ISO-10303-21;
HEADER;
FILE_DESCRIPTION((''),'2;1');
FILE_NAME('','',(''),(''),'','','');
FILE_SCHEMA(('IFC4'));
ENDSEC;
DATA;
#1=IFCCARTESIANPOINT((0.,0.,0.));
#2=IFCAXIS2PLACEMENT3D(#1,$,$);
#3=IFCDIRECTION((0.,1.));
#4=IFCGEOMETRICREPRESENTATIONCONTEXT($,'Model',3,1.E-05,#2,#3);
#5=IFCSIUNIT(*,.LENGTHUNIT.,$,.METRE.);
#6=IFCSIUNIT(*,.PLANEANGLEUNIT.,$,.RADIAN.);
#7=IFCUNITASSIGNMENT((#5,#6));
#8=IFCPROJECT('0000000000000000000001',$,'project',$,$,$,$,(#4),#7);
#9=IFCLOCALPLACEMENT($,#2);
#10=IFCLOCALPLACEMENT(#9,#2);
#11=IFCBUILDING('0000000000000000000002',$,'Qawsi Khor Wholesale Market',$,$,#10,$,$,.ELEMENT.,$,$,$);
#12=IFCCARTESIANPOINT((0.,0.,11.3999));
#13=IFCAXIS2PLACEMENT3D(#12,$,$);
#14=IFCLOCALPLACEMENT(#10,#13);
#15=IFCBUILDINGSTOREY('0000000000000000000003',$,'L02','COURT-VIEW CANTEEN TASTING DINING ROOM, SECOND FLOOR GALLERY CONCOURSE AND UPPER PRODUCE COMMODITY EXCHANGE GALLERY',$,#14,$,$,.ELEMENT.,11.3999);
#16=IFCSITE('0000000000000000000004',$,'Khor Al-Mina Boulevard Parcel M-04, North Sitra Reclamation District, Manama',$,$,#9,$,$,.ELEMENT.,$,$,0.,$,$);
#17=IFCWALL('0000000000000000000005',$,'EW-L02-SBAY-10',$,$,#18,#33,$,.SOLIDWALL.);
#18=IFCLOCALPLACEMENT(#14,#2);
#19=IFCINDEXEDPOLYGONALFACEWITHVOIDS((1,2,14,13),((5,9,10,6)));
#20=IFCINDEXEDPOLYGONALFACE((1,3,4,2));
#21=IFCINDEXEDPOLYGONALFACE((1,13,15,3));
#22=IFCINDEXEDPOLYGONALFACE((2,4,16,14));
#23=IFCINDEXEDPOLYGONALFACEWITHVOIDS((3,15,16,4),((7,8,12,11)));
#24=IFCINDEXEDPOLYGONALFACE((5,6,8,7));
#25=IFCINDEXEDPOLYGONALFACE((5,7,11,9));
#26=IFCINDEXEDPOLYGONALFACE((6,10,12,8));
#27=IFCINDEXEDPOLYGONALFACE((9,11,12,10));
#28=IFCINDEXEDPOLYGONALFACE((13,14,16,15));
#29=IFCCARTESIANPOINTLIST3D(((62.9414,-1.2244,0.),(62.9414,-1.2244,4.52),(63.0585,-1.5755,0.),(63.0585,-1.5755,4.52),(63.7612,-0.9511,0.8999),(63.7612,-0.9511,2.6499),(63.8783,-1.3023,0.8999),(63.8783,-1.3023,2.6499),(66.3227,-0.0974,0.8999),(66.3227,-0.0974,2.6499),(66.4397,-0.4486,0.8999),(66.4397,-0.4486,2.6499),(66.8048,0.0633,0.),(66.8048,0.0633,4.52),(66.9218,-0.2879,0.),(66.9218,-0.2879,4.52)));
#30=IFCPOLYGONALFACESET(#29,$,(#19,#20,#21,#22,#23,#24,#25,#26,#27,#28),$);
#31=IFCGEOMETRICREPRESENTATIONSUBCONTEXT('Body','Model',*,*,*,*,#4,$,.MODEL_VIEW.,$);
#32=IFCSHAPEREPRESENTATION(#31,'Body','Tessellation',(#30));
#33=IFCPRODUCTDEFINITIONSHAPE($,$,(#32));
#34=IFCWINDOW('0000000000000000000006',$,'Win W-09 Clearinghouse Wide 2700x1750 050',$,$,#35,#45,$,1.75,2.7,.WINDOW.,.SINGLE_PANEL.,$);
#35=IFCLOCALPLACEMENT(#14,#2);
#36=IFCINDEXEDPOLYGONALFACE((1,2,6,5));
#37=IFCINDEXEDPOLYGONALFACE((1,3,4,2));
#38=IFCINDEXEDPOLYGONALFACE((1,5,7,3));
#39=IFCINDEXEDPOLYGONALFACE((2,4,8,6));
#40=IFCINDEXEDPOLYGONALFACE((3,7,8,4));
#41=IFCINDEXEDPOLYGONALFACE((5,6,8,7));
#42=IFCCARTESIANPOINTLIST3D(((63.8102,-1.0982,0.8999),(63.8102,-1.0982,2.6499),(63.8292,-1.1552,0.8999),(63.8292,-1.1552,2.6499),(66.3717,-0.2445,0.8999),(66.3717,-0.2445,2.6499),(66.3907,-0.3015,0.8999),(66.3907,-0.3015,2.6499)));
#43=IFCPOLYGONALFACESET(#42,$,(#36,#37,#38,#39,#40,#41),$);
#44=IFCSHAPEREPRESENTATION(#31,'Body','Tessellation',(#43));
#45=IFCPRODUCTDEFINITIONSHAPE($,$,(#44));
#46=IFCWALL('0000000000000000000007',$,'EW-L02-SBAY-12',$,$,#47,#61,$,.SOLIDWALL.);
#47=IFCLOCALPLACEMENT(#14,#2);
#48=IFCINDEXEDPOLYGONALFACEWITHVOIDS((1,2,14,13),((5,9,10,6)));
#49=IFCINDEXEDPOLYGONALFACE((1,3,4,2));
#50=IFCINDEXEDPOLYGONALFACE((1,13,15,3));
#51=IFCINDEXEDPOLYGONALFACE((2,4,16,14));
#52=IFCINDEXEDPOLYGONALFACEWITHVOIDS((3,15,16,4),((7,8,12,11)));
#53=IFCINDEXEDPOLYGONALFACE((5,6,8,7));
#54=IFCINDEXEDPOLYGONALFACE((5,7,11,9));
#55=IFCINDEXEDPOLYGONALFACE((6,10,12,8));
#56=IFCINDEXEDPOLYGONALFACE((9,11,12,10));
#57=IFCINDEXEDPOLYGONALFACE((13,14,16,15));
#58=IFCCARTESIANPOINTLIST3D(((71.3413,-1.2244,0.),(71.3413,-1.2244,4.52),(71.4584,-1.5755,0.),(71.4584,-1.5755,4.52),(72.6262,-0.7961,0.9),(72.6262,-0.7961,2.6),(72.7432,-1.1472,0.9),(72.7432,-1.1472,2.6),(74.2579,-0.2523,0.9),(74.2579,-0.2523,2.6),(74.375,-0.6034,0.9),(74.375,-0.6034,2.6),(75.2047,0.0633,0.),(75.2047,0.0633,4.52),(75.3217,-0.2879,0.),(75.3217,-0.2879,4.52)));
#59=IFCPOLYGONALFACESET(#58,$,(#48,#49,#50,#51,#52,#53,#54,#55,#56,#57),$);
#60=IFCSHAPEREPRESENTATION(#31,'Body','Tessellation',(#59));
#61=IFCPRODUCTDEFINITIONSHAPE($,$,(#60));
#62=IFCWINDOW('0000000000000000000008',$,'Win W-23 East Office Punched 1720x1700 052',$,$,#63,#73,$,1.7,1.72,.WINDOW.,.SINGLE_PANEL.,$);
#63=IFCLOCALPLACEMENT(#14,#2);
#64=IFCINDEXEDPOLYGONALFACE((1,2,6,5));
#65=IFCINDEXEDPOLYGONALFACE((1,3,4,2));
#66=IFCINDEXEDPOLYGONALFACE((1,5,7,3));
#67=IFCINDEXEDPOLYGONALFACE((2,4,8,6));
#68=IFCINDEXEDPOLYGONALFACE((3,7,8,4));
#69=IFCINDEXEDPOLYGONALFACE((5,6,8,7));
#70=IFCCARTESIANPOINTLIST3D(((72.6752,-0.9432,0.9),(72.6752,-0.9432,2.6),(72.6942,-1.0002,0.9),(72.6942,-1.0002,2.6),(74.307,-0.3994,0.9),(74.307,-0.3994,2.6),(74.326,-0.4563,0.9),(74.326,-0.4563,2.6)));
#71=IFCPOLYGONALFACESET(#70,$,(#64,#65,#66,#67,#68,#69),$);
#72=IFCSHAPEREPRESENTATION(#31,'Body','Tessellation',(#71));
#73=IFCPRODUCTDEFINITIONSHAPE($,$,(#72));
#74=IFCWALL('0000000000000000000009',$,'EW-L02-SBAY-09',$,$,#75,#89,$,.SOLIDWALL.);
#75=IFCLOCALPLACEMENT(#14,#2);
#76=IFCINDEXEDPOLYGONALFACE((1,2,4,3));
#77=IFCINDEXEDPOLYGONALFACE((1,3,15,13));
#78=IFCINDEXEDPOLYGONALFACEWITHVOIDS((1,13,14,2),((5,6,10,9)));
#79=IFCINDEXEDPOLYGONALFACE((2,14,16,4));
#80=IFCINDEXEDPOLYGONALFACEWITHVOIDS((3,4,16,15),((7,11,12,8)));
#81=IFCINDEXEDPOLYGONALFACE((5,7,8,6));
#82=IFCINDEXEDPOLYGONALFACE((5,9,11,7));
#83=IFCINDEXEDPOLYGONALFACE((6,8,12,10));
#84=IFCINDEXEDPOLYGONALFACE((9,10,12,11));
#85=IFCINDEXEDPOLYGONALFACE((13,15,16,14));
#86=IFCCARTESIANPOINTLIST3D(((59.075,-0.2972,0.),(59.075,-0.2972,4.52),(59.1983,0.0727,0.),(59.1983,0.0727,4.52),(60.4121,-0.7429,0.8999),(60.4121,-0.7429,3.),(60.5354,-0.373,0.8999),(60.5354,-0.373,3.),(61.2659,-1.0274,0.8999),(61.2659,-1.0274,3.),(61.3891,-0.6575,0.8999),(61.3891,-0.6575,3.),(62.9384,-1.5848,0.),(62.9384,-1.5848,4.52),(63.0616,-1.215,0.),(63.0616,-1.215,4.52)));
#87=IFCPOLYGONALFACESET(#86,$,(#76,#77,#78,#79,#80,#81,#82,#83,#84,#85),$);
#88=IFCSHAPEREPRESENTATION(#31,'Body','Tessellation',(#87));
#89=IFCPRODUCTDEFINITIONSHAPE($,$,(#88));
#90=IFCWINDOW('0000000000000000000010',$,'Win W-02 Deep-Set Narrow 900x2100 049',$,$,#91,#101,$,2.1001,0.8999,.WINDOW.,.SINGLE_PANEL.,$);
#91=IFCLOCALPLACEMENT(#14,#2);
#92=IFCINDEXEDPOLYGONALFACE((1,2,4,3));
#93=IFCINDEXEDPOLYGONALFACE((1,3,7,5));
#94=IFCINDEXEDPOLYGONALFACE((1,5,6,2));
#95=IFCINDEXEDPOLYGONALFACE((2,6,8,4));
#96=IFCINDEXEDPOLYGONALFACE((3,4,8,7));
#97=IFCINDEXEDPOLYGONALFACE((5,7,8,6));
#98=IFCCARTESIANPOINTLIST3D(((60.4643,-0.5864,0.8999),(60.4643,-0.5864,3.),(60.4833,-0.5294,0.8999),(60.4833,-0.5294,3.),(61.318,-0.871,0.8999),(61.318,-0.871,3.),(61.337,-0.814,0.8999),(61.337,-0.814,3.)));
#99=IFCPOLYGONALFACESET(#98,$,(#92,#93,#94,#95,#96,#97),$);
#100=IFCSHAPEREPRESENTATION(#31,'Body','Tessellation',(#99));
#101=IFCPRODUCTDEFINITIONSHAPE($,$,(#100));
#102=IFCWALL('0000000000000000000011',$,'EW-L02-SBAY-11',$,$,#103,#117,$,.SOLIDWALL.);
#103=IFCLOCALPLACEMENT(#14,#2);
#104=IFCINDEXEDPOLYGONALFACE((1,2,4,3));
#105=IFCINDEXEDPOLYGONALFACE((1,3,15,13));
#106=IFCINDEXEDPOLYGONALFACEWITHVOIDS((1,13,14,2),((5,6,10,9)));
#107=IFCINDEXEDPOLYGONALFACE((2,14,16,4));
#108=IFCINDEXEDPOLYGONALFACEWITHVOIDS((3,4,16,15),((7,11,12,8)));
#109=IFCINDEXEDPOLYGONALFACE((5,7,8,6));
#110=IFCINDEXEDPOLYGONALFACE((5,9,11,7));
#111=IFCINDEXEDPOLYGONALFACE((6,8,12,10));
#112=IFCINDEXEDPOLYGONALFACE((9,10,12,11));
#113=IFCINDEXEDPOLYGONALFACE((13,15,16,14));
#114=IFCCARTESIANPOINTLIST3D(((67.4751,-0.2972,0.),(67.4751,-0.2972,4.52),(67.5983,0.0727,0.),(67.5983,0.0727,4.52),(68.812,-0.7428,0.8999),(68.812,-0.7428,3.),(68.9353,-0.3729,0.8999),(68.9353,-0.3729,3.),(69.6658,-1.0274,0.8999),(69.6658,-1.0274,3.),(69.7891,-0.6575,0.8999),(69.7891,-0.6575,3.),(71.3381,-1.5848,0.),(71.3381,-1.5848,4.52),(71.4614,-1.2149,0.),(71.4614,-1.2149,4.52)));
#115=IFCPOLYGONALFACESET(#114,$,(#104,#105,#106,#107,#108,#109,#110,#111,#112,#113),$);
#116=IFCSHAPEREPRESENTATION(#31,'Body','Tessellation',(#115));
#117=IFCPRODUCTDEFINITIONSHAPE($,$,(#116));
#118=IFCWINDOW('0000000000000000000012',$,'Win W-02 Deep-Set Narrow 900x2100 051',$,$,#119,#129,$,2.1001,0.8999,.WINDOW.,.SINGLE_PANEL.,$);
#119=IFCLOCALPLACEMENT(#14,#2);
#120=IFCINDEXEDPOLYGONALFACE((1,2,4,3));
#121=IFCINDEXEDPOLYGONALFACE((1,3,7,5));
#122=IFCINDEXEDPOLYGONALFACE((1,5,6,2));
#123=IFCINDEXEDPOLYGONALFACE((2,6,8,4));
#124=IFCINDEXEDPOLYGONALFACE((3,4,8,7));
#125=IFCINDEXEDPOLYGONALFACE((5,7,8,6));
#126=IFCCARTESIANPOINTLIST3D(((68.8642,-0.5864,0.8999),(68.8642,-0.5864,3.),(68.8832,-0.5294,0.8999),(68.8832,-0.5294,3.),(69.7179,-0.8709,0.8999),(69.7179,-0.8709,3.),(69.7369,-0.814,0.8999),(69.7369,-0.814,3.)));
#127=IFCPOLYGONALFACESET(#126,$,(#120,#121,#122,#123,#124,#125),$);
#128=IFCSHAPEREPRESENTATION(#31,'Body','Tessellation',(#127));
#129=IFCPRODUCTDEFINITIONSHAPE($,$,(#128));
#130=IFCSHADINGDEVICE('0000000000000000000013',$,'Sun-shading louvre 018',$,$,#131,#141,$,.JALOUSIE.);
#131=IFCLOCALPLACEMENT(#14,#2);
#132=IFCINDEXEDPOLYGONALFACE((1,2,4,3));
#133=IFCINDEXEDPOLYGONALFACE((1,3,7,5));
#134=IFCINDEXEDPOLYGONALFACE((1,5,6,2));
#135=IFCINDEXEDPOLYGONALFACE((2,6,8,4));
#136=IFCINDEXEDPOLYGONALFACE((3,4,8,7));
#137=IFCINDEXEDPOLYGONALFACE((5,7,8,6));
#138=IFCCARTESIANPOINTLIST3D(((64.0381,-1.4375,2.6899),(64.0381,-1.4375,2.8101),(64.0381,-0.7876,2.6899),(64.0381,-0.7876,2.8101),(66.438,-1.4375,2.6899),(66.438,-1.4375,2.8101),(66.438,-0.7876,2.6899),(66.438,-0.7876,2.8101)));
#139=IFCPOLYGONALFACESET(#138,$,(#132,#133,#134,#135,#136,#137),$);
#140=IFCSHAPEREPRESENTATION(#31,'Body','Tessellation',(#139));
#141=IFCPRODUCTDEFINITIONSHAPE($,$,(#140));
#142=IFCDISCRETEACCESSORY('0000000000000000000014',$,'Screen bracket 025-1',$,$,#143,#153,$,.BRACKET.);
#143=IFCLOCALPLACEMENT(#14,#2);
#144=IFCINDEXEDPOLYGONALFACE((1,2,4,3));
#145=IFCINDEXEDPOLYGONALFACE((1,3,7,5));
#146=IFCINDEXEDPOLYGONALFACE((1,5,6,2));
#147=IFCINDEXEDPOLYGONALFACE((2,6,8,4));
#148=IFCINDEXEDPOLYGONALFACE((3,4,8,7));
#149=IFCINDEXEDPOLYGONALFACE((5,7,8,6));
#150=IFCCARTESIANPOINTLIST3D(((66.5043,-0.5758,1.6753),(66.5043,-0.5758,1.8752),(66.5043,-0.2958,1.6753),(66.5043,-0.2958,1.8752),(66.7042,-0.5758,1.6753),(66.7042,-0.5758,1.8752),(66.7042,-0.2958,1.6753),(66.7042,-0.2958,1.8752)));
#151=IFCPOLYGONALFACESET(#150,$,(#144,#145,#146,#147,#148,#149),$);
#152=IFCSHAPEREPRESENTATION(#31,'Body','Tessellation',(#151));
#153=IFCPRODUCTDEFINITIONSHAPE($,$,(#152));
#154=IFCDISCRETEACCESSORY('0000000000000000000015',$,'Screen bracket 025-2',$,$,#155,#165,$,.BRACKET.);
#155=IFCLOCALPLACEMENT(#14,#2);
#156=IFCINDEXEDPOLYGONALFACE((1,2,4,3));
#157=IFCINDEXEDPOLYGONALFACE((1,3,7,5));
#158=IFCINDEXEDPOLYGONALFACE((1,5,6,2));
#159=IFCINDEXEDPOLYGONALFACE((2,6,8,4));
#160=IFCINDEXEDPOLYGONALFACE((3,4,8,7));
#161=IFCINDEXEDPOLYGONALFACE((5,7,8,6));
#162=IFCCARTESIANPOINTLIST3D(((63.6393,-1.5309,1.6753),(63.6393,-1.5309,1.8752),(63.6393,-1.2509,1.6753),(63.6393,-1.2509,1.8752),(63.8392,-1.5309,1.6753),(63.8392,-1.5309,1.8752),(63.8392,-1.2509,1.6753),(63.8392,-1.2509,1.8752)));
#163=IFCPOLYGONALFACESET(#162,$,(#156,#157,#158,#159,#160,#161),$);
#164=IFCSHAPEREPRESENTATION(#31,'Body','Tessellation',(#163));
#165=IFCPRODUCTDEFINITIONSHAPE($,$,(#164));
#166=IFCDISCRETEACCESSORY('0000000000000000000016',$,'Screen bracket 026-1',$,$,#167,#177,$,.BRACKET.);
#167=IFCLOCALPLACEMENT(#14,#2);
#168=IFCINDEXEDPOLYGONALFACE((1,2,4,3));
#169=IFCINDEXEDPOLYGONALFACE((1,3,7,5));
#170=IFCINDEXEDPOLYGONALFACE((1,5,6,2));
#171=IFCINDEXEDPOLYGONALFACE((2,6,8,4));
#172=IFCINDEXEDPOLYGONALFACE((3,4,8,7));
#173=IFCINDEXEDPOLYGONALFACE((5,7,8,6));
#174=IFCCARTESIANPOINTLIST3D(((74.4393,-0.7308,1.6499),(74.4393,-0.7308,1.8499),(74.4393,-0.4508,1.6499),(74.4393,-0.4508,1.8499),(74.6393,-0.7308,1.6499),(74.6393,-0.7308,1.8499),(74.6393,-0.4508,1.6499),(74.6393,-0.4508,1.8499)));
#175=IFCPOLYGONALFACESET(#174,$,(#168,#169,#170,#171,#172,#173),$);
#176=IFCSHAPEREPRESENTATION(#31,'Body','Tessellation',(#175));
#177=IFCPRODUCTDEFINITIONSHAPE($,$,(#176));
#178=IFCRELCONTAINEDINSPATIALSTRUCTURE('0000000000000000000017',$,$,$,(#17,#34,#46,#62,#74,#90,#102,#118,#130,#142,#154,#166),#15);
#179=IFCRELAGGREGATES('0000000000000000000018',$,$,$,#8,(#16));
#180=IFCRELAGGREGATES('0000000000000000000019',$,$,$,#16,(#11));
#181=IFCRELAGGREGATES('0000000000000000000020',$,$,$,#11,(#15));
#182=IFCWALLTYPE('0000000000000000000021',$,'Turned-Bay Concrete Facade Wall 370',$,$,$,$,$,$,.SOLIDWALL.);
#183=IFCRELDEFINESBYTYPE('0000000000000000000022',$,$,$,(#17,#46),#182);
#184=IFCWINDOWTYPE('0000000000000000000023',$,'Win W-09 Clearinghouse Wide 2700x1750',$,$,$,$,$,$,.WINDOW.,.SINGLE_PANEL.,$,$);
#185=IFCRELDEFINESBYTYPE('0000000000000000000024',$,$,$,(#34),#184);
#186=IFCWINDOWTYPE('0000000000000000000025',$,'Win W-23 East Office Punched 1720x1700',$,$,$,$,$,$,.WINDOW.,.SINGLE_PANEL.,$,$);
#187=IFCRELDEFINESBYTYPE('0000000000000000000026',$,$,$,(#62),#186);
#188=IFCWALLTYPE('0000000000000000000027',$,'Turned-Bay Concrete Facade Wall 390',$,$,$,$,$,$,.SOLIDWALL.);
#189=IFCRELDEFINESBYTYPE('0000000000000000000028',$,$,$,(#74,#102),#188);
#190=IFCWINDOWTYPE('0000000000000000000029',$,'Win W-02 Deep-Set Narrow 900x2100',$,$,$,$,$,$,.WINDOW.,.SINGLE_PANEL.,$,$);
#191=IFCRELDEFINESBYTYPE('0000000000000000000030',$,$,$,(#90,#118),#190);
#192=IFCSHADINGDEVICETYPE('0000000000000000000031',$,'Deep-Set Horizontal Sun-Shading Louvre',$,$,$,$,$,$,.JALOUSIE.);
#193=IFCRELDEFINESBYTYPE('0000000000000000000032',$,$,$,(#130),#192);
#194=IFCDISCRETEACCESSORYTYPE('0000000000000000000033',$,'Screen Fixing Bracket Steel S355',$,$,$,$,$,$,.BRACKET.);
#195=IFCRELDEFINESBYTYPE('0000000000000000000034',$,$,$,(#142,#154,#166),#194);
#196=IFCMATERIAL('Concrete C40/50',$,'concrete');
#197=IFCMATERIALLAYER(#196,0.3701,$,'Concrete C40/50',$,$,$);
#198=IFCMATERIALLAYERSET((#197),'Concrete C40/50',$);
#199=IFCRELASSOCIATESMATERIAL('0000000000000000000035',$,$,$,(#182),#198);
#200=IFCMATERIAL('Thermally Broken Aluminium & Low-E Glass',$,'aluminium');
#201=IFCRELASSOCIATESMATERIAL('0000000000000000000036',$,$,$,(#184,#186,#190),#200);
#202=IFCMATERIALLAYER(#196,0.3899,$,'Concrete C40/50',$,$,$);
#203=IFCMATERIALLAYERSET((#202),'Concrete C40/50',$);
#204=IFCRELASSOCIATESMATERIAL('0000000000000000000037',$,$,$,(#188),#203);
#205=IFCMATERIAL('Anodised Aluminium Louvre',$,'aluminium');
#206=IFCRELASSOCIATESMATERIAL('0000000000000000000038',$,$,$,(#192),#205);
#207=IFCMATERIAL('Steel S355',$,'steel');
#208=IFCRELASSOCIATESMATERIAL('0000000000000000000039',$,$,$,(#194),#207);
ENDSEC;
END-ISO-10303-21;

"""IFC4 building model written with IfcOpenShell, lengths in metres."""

from ifc_helpers import new_model, si_unit, direction, frame, frame_2d, origin, origin_2d, place, context, subcontext, project, spatial, rectangle, extrude, material, layer, layer_set, type_object, element, fill, save


model = new_model("IFC4")

# Units and contexts
model_context = context("Model", 3, precision=1e-05, world=origin(), true_north=direction((0.0, 1.0)))
body_context = subcontext(model_context, "Body", "Model", "MODEL_VIEW")
ifc_project = project(units=[si_unit("LENGTHUNIT", "METRE"), si_unit("PLANEANGLEUNIT", "RADIAN")], contexts=[model_context])

# Site, building, storey
site_placement = place(None, origin())
site = spatial("IfcSite", under=ifc_project, at=site_placement, Name="Khor Al-Mina Boulevard Parcel M-04, North Sitra Reclamation District, Manama", CompositionType="ELEMENT", RefElevation=0.0)
building_placement = place(site_placement, origin())
building = spatial("IfcBuilding", under=site, at=building_placement, Name="Qawsi Khor Wholesale Market", CompositionType="ELEMENT")
storey_placement = place(building_placement, frame((0.0, 0.0, 11.3999)))
storey = spatial("IfcBuildingStorey", under=building, at=storey_placement, Name="L02", Description="COURT-VIEW CANTEEN TASTING DINING ROOM, SECOND FLOOR GALLERY CONCOURSE AND UPPER PRODUCE COMMODITY EXCHANGE GALLERY", CompositionType="ELEMENT", Elevation=11.3999)

# Shared definitions
ifc_material_1 = material(Name="Concrete C40/50", Category="concrete")

# Shared definitions
ifc_material_2 = material(Name="Steel S355", Category="steel")

# Walls, openings, windows
ifc_layer_1 = layer(ifc_material_1, 0.3701, Name="Concrete C40/50")
ifc_layer_set_1 = layer_set([ifc_layer_1], Name="Concrete C40/50")
wall_type_1 = type_object("IfcWallType", Name="Turned-Bay Concrete Facade Wall 370", PredefinedType="SOLIDWALL", material=ifc_layer_set_1)
wall_1_placement = place(storey_placement, frame((66.8633, -0.1123, 0.0), z_axis=(0.0, 0.0, 1.0), x_axis=(-0.948695, -0.316192, 0.0)))
wall_1 = element("IfcWall", 1, at=wall_1_placement, inside=storey, type_object=wall_type_1, Name="EW-L02-SBAY-10", PredefinedType="SOLIDWALL", context=body_context, shape_type="SweptSolid", body=[
    extrude(rectangle(XDim=4.0723, YDim=0.3701, at=frame_2d((2.0361, 0.0))), origin(), (0.0, 0.0, 1.0), 4.52),
])
opening_1_placement = place(wall_1_placement, frame((0.5081, 0.0, 0.8999)))
opening_1 = element("IfcOpeningElement", 2, at=opening_1_placement, cuts=wall_1, PredefinedType="OPENING", context=body_context, shape_type="SweptSolid", body=[
    extrude(rectangle(XDim=2.7, YDim=1.75, at=frame_2d((1.3501, 0.875))), frame((0.0, 0.1951, 0.0), z_axis=(0.0, -1.0, 0.0), x_axis=(1.0, 0.0, 0.0)), (0.0, 0.0, 1.0), 0.3901),
])
ifc_material_3 = material(Name="Thermally Broken Aluminium & Low-E Glass", Category="aluminium")
window_type_1 = type_object("IfcWindowType", Name="Win W-09 Clearinghouse Wide 2700x1750", PartitioningType="SINGLE_PANEL", PredefinedType="WINDOW", material=ifc_material_3)
window_1_placement = place(opening_1_placement, origin())
window_1 = element("IfcWindow", 3, at=window_1_placement, inside=storey, type_object=window_type_1, Name="Win W-09 Clearinghouse Wide 2700x1750 050", OverallHeight=1.75, OverallWidth=2.7, PartitioningType="SINGLE_PANEL", PredefinedType="WINDOW", context=body_context, shape_type="SweptSolid", body=[
    extrude(rectangle(XDim=2.7, YDim=1.75, at=frame_2d((1.3501, 0.875))), frame((0.0, 0.03, 0.0), z_axis=(0.0, -1.0, 0.0), x_axis=(1.0, 0.0, 0.0)), (0.0, 0.0, 1.0), 0.0601),
])
fill(opening_1, window_1)
wall_2_placement = place(storey_placement, frame((75.2632, -0.1123, 0.0), z_axis=(0.0, 0.0, 1.0), x_axis=(-0.948695, -0.316192, 0.0)))
wall_2 = element("IfcWall", 4, at=wall_2_placement, inside=storey, type_object=wall_type_1, Name="EW-L02-SBAY-12", PredefinedType="SOLIDWALL", context=body_context, shape_type="SweptSolid", body=[
    extrude(rectangle(XDim=4.0723, YDim=0.3701, at=frame_2d((2.0361, 0.0))), origin(), (0.0, 0.0, 1.0), 4.52),
])
opening_2_placement = place(wall_2_placement, frame((0.998, 0.0, 0.8999)))
opening_2 = element("IfcOpeningElement", 5, at=opening_2_placement, cuts=wall_2, PredefinedType="OPENING", context=body_context, shape_type="SweptSolid", body=[
    extrude(rectangle(XDim=1.72, YDim=1.7, at=frame_2d((0.8599, 0.8501))), frame((0.0, 0.1951, 0.0), z_axis=(0.0, -1.0, 0.0), x_axis=(1.0, 0.0, 0.0)), (0.0, 0.0, 1.0), 0.3901),
])
window_type_2 = type_object("IfcWindowType", Name="Win W-23 East Office Punched 1720x1700", PartitioningType="SINGLE_PANEL", PredefinedType="WINDOW", material=ifc_material_3)
window_2_placement = place(opening_2_placement, origin())
window_2 = element("IfcWindow", 6, at=window_2_placement, inside=storey, type_object=window_type_2, Name="Win W-23 East Office Punched 1720x1700 052", OverallHeight=1.7, OverallWidth=1.72, PartitioningType="SINGLE_PANEL", PredefinedType="WINDOW", context=body_context, shape_type="SweptSolid", body=[
    extrude(rectangle(XDim=1.72, YDim=1.7, at=frame_2d((0.8599, 0.8501))), frame((0.0, 0.03, 0.0), z_axis=(0.0, -1.0, 0.0), x_axis=(1.0, 0.0, 0.0)), (0.0, 0.0, 1.0), 0.0601),
])
fill(opening_2, window_2)
ifc_layer_2 = layer(ifc_material_1, 0.3899, Name="Concrete C40/50")
ifc_layer_set_2 = layer_set([ifc_layer_2], Name="Concrete C40/50")
wall_type_2 = type_object("IfcWallType", Name="Turned-Bay Concrete Facade Wall 390", PredefinedType="SOLIDWALL", material=ifc_layer_set_2)
wall_3_placement = place(storey_placement, frame((63.0, -1.3999, 0.0), z_axis=(0.0, 0.0, 1.0), x_axis=(-0.948695, 0.316192, 0.0)))
wall_3 = element("IfcWall", 7, at=wall_3_placement, inside=storey, type_object=wall_type_2, Name="EW-L02-SBAY-09", PredefinedType="SOLIDWALL", context=body_context, shape_type="SweptSolid", body=[
    extrude(rectangle(XDim=4.0723, YDim=0.3899, at=frame_2d((2.0361, 0.0))), origin(), (0.0, 0.0, 1.0), 4.52),
])
opening_3_placement = place(wall_3_placement, frame((1.7629, 0.0, 0.8999)))
opening_3 = element("IfcOpeningElement", 8, at=opening_3_placement, cuts=wall_3, PredefinedType="OPENING", context=body_context, shape_type="SweptSolid", body=[
    extrude(rectangle(XDim=0.8999, YDim=2.1001, at=frame_2d((0.45, 1.05))), frame((0.0, 0.2048, 0.0), z_axis=(0.0, -1.0, 0.0), x_axis=(1.0, 0.0, 0.0)), (0.0, 0.0, 1.0), 0.4099),
])
window_type_3 = type_object("IfcWindowType", Name="Win W-02 Deep-Set Narrow 900x2100", PartitioningType="SINGLE_PANEL", PredefinedType="WINDOW", material=ifc_material_3)
window_3_placement = place(opening_3_placement, origin())
window_3 = element("IfcWindow", 9, at=window_3_placement, inside=storey, type_object=window_type_3, Name="Win W-02 Deep-Set Narrow 900x2100 049", OverallHeight=2.1001, OverallWidth=0.8999, PartitioningType="SINGLE_PANEL", PredefinedType="WINDOW", context=body_context, shape_type="SweptSolid", body=[
    extrude(rectangle(XDim=0.8999, YDim=2.1001, at=frame_2d((0.45, 1.05))), frame((0.0, 0.03, 0.0), z_axis=(0.0, -1.0, 0.0), x_axis=(1.0, 0.0, 0.0)), (0.0, 0.0, 1.0), 0.0601),
])
fill(opening_3, window_3)
wall_4_placement = place(storey_placement, frame((71.3999, -1.3999, 0.0), z_axis=(0.0, 0.0, 1.0), x_axis=(-0.948689, 0.31621, 0.0)))
wall_4 = element("IfcWall", 10, at=wall_4_placement, inside=storey, type_object=wall_type_2, Name="EW-L02-SBAY-11", PredefinedType="SOLIDWALL", context=body_context, shape_type="SweptSolid", body=[
    extrude(rectangle(XDim=4.072, YDim=0.3899, at=frame_2d((2.0361, 0.0))), origin(), (0.0, 0.0, 1.0), 4.52),
])
opening_4_placement = place(wall_4_placement, frame((1.7629, 0.0, 0.8999)))
opening_4 = element("IfcOpeningElement", 11, at=opening_4_placement, cuts=wall_4, PredefinedType="OPENING", context=body_context, shape_type="SweptSolid", body=[
    extrude(rectangle(XDim=0.8999, YDim=2.1001, at=frame_2d((0.45, 1.05))), frame((0.0, 0.2048, 0.0), z_axis=(0.0, -1.0, 0.0), x_axis=(1.0, 0.0, 0.0)), (0.0, 0.0, 1.0), 0.4099),
])
window_4_placement = place(opening_4_placement, origin())
window_4 = element("IfcWindow", 12, at=window_4_placement, inside=storey, type_object=window_type_3, Name="Win W-02 Deep-Set Narrow 900x2100 051", OverallHeight=2.1001, OverallWidth=0.8999, PartitioningType="SINGLE_PANEL", PredefinedType="WINDOW", context=body_context, shape_type="SweptSolid", body=[
    extrude(rectangle(XDim=0.8999, YDim=2.1001, at=frame_2d((0.45, 1.05))), frame((0.0, 0.03, 0.0), z_axis=(0.0, -1.0, 0.0), x_axis=(1.0, 0.0, 0.0)), (0.0, 0.0, 1.0), 0.0601),
])
fill(opening_4, window_4)

# Shading device
ifc_material_4 = material(Name="Anodised Aluminium Louvre", Category="aluminium")
shading_device_type = type_object("IfcShadingDeviceType", Name="Deep-Set Horizontal Sun-Shading Louvre", PredefinedType="JALOUSIE", material=ifc_material_4)
shading_device_placement = place(storey_placement, frame((65.238, -1.1125, 2.6899), z_axis=(0.0, 0.0, 1.0), x_axis=(1.0, 0.0, 0.0)))
element("IfcShadingDevice", 13, at=shading_device_placement, inside=storey, type_object=shading_device_type, Name="Sun-shading louvre 018", PredefinedType="JALOUSIE", context=body_context, shape_type="SweptSolid", body=[
    extrude(rectangle(XDim=2.3999, YDim=0.6499, at=origin_2d()), origin(), (0.0, 0.0, 1.0), 0.1201),
])

# Discrete accessories
discrete_accessory_type = type_object("IfcDiscreteAccessoryType", Name="Screen Fixing Bracket Steel S355", PredefinedType="BRACKET", material=ifc_material_2)
for number, where, z_axis, x_axis, name in (
    (14, (66.6042, -0.4358, 1.6753), (0.0, 0.0, 1.0), (1.0, 0.0, 0.0), "Screen bracket 025-1"),
    (15, (63.7393, -1.3909, 1.6753), (0.0, 0.0, 1.0), (1.0, 0.0, 0.0), "Screen bracket 025-2"),
    (16, (74.5393, -0.5908, 1.6499), (0.0, 0.0, 1.0), (1.0, 0.0, 0.0), "Screen bracket 026-1"),
):
    element("IfcDiscreteAccessory", number, at=place(storey_placement, frame(where, z_axis=z_axis, x_axis=x_axis)), inside=storey, type_object=discrete_accessory_type, Name=name, PredefinedType="BRACKET", context=body_context, shape_type="SweptSolid", body=[
        extrude(rectangle(XDim=0.2, YDim=0.28, at=origin_2d()), origin(), (0.0, 0.0, 1.0), 0.2),
    ])

save(model, "model.ifc")
